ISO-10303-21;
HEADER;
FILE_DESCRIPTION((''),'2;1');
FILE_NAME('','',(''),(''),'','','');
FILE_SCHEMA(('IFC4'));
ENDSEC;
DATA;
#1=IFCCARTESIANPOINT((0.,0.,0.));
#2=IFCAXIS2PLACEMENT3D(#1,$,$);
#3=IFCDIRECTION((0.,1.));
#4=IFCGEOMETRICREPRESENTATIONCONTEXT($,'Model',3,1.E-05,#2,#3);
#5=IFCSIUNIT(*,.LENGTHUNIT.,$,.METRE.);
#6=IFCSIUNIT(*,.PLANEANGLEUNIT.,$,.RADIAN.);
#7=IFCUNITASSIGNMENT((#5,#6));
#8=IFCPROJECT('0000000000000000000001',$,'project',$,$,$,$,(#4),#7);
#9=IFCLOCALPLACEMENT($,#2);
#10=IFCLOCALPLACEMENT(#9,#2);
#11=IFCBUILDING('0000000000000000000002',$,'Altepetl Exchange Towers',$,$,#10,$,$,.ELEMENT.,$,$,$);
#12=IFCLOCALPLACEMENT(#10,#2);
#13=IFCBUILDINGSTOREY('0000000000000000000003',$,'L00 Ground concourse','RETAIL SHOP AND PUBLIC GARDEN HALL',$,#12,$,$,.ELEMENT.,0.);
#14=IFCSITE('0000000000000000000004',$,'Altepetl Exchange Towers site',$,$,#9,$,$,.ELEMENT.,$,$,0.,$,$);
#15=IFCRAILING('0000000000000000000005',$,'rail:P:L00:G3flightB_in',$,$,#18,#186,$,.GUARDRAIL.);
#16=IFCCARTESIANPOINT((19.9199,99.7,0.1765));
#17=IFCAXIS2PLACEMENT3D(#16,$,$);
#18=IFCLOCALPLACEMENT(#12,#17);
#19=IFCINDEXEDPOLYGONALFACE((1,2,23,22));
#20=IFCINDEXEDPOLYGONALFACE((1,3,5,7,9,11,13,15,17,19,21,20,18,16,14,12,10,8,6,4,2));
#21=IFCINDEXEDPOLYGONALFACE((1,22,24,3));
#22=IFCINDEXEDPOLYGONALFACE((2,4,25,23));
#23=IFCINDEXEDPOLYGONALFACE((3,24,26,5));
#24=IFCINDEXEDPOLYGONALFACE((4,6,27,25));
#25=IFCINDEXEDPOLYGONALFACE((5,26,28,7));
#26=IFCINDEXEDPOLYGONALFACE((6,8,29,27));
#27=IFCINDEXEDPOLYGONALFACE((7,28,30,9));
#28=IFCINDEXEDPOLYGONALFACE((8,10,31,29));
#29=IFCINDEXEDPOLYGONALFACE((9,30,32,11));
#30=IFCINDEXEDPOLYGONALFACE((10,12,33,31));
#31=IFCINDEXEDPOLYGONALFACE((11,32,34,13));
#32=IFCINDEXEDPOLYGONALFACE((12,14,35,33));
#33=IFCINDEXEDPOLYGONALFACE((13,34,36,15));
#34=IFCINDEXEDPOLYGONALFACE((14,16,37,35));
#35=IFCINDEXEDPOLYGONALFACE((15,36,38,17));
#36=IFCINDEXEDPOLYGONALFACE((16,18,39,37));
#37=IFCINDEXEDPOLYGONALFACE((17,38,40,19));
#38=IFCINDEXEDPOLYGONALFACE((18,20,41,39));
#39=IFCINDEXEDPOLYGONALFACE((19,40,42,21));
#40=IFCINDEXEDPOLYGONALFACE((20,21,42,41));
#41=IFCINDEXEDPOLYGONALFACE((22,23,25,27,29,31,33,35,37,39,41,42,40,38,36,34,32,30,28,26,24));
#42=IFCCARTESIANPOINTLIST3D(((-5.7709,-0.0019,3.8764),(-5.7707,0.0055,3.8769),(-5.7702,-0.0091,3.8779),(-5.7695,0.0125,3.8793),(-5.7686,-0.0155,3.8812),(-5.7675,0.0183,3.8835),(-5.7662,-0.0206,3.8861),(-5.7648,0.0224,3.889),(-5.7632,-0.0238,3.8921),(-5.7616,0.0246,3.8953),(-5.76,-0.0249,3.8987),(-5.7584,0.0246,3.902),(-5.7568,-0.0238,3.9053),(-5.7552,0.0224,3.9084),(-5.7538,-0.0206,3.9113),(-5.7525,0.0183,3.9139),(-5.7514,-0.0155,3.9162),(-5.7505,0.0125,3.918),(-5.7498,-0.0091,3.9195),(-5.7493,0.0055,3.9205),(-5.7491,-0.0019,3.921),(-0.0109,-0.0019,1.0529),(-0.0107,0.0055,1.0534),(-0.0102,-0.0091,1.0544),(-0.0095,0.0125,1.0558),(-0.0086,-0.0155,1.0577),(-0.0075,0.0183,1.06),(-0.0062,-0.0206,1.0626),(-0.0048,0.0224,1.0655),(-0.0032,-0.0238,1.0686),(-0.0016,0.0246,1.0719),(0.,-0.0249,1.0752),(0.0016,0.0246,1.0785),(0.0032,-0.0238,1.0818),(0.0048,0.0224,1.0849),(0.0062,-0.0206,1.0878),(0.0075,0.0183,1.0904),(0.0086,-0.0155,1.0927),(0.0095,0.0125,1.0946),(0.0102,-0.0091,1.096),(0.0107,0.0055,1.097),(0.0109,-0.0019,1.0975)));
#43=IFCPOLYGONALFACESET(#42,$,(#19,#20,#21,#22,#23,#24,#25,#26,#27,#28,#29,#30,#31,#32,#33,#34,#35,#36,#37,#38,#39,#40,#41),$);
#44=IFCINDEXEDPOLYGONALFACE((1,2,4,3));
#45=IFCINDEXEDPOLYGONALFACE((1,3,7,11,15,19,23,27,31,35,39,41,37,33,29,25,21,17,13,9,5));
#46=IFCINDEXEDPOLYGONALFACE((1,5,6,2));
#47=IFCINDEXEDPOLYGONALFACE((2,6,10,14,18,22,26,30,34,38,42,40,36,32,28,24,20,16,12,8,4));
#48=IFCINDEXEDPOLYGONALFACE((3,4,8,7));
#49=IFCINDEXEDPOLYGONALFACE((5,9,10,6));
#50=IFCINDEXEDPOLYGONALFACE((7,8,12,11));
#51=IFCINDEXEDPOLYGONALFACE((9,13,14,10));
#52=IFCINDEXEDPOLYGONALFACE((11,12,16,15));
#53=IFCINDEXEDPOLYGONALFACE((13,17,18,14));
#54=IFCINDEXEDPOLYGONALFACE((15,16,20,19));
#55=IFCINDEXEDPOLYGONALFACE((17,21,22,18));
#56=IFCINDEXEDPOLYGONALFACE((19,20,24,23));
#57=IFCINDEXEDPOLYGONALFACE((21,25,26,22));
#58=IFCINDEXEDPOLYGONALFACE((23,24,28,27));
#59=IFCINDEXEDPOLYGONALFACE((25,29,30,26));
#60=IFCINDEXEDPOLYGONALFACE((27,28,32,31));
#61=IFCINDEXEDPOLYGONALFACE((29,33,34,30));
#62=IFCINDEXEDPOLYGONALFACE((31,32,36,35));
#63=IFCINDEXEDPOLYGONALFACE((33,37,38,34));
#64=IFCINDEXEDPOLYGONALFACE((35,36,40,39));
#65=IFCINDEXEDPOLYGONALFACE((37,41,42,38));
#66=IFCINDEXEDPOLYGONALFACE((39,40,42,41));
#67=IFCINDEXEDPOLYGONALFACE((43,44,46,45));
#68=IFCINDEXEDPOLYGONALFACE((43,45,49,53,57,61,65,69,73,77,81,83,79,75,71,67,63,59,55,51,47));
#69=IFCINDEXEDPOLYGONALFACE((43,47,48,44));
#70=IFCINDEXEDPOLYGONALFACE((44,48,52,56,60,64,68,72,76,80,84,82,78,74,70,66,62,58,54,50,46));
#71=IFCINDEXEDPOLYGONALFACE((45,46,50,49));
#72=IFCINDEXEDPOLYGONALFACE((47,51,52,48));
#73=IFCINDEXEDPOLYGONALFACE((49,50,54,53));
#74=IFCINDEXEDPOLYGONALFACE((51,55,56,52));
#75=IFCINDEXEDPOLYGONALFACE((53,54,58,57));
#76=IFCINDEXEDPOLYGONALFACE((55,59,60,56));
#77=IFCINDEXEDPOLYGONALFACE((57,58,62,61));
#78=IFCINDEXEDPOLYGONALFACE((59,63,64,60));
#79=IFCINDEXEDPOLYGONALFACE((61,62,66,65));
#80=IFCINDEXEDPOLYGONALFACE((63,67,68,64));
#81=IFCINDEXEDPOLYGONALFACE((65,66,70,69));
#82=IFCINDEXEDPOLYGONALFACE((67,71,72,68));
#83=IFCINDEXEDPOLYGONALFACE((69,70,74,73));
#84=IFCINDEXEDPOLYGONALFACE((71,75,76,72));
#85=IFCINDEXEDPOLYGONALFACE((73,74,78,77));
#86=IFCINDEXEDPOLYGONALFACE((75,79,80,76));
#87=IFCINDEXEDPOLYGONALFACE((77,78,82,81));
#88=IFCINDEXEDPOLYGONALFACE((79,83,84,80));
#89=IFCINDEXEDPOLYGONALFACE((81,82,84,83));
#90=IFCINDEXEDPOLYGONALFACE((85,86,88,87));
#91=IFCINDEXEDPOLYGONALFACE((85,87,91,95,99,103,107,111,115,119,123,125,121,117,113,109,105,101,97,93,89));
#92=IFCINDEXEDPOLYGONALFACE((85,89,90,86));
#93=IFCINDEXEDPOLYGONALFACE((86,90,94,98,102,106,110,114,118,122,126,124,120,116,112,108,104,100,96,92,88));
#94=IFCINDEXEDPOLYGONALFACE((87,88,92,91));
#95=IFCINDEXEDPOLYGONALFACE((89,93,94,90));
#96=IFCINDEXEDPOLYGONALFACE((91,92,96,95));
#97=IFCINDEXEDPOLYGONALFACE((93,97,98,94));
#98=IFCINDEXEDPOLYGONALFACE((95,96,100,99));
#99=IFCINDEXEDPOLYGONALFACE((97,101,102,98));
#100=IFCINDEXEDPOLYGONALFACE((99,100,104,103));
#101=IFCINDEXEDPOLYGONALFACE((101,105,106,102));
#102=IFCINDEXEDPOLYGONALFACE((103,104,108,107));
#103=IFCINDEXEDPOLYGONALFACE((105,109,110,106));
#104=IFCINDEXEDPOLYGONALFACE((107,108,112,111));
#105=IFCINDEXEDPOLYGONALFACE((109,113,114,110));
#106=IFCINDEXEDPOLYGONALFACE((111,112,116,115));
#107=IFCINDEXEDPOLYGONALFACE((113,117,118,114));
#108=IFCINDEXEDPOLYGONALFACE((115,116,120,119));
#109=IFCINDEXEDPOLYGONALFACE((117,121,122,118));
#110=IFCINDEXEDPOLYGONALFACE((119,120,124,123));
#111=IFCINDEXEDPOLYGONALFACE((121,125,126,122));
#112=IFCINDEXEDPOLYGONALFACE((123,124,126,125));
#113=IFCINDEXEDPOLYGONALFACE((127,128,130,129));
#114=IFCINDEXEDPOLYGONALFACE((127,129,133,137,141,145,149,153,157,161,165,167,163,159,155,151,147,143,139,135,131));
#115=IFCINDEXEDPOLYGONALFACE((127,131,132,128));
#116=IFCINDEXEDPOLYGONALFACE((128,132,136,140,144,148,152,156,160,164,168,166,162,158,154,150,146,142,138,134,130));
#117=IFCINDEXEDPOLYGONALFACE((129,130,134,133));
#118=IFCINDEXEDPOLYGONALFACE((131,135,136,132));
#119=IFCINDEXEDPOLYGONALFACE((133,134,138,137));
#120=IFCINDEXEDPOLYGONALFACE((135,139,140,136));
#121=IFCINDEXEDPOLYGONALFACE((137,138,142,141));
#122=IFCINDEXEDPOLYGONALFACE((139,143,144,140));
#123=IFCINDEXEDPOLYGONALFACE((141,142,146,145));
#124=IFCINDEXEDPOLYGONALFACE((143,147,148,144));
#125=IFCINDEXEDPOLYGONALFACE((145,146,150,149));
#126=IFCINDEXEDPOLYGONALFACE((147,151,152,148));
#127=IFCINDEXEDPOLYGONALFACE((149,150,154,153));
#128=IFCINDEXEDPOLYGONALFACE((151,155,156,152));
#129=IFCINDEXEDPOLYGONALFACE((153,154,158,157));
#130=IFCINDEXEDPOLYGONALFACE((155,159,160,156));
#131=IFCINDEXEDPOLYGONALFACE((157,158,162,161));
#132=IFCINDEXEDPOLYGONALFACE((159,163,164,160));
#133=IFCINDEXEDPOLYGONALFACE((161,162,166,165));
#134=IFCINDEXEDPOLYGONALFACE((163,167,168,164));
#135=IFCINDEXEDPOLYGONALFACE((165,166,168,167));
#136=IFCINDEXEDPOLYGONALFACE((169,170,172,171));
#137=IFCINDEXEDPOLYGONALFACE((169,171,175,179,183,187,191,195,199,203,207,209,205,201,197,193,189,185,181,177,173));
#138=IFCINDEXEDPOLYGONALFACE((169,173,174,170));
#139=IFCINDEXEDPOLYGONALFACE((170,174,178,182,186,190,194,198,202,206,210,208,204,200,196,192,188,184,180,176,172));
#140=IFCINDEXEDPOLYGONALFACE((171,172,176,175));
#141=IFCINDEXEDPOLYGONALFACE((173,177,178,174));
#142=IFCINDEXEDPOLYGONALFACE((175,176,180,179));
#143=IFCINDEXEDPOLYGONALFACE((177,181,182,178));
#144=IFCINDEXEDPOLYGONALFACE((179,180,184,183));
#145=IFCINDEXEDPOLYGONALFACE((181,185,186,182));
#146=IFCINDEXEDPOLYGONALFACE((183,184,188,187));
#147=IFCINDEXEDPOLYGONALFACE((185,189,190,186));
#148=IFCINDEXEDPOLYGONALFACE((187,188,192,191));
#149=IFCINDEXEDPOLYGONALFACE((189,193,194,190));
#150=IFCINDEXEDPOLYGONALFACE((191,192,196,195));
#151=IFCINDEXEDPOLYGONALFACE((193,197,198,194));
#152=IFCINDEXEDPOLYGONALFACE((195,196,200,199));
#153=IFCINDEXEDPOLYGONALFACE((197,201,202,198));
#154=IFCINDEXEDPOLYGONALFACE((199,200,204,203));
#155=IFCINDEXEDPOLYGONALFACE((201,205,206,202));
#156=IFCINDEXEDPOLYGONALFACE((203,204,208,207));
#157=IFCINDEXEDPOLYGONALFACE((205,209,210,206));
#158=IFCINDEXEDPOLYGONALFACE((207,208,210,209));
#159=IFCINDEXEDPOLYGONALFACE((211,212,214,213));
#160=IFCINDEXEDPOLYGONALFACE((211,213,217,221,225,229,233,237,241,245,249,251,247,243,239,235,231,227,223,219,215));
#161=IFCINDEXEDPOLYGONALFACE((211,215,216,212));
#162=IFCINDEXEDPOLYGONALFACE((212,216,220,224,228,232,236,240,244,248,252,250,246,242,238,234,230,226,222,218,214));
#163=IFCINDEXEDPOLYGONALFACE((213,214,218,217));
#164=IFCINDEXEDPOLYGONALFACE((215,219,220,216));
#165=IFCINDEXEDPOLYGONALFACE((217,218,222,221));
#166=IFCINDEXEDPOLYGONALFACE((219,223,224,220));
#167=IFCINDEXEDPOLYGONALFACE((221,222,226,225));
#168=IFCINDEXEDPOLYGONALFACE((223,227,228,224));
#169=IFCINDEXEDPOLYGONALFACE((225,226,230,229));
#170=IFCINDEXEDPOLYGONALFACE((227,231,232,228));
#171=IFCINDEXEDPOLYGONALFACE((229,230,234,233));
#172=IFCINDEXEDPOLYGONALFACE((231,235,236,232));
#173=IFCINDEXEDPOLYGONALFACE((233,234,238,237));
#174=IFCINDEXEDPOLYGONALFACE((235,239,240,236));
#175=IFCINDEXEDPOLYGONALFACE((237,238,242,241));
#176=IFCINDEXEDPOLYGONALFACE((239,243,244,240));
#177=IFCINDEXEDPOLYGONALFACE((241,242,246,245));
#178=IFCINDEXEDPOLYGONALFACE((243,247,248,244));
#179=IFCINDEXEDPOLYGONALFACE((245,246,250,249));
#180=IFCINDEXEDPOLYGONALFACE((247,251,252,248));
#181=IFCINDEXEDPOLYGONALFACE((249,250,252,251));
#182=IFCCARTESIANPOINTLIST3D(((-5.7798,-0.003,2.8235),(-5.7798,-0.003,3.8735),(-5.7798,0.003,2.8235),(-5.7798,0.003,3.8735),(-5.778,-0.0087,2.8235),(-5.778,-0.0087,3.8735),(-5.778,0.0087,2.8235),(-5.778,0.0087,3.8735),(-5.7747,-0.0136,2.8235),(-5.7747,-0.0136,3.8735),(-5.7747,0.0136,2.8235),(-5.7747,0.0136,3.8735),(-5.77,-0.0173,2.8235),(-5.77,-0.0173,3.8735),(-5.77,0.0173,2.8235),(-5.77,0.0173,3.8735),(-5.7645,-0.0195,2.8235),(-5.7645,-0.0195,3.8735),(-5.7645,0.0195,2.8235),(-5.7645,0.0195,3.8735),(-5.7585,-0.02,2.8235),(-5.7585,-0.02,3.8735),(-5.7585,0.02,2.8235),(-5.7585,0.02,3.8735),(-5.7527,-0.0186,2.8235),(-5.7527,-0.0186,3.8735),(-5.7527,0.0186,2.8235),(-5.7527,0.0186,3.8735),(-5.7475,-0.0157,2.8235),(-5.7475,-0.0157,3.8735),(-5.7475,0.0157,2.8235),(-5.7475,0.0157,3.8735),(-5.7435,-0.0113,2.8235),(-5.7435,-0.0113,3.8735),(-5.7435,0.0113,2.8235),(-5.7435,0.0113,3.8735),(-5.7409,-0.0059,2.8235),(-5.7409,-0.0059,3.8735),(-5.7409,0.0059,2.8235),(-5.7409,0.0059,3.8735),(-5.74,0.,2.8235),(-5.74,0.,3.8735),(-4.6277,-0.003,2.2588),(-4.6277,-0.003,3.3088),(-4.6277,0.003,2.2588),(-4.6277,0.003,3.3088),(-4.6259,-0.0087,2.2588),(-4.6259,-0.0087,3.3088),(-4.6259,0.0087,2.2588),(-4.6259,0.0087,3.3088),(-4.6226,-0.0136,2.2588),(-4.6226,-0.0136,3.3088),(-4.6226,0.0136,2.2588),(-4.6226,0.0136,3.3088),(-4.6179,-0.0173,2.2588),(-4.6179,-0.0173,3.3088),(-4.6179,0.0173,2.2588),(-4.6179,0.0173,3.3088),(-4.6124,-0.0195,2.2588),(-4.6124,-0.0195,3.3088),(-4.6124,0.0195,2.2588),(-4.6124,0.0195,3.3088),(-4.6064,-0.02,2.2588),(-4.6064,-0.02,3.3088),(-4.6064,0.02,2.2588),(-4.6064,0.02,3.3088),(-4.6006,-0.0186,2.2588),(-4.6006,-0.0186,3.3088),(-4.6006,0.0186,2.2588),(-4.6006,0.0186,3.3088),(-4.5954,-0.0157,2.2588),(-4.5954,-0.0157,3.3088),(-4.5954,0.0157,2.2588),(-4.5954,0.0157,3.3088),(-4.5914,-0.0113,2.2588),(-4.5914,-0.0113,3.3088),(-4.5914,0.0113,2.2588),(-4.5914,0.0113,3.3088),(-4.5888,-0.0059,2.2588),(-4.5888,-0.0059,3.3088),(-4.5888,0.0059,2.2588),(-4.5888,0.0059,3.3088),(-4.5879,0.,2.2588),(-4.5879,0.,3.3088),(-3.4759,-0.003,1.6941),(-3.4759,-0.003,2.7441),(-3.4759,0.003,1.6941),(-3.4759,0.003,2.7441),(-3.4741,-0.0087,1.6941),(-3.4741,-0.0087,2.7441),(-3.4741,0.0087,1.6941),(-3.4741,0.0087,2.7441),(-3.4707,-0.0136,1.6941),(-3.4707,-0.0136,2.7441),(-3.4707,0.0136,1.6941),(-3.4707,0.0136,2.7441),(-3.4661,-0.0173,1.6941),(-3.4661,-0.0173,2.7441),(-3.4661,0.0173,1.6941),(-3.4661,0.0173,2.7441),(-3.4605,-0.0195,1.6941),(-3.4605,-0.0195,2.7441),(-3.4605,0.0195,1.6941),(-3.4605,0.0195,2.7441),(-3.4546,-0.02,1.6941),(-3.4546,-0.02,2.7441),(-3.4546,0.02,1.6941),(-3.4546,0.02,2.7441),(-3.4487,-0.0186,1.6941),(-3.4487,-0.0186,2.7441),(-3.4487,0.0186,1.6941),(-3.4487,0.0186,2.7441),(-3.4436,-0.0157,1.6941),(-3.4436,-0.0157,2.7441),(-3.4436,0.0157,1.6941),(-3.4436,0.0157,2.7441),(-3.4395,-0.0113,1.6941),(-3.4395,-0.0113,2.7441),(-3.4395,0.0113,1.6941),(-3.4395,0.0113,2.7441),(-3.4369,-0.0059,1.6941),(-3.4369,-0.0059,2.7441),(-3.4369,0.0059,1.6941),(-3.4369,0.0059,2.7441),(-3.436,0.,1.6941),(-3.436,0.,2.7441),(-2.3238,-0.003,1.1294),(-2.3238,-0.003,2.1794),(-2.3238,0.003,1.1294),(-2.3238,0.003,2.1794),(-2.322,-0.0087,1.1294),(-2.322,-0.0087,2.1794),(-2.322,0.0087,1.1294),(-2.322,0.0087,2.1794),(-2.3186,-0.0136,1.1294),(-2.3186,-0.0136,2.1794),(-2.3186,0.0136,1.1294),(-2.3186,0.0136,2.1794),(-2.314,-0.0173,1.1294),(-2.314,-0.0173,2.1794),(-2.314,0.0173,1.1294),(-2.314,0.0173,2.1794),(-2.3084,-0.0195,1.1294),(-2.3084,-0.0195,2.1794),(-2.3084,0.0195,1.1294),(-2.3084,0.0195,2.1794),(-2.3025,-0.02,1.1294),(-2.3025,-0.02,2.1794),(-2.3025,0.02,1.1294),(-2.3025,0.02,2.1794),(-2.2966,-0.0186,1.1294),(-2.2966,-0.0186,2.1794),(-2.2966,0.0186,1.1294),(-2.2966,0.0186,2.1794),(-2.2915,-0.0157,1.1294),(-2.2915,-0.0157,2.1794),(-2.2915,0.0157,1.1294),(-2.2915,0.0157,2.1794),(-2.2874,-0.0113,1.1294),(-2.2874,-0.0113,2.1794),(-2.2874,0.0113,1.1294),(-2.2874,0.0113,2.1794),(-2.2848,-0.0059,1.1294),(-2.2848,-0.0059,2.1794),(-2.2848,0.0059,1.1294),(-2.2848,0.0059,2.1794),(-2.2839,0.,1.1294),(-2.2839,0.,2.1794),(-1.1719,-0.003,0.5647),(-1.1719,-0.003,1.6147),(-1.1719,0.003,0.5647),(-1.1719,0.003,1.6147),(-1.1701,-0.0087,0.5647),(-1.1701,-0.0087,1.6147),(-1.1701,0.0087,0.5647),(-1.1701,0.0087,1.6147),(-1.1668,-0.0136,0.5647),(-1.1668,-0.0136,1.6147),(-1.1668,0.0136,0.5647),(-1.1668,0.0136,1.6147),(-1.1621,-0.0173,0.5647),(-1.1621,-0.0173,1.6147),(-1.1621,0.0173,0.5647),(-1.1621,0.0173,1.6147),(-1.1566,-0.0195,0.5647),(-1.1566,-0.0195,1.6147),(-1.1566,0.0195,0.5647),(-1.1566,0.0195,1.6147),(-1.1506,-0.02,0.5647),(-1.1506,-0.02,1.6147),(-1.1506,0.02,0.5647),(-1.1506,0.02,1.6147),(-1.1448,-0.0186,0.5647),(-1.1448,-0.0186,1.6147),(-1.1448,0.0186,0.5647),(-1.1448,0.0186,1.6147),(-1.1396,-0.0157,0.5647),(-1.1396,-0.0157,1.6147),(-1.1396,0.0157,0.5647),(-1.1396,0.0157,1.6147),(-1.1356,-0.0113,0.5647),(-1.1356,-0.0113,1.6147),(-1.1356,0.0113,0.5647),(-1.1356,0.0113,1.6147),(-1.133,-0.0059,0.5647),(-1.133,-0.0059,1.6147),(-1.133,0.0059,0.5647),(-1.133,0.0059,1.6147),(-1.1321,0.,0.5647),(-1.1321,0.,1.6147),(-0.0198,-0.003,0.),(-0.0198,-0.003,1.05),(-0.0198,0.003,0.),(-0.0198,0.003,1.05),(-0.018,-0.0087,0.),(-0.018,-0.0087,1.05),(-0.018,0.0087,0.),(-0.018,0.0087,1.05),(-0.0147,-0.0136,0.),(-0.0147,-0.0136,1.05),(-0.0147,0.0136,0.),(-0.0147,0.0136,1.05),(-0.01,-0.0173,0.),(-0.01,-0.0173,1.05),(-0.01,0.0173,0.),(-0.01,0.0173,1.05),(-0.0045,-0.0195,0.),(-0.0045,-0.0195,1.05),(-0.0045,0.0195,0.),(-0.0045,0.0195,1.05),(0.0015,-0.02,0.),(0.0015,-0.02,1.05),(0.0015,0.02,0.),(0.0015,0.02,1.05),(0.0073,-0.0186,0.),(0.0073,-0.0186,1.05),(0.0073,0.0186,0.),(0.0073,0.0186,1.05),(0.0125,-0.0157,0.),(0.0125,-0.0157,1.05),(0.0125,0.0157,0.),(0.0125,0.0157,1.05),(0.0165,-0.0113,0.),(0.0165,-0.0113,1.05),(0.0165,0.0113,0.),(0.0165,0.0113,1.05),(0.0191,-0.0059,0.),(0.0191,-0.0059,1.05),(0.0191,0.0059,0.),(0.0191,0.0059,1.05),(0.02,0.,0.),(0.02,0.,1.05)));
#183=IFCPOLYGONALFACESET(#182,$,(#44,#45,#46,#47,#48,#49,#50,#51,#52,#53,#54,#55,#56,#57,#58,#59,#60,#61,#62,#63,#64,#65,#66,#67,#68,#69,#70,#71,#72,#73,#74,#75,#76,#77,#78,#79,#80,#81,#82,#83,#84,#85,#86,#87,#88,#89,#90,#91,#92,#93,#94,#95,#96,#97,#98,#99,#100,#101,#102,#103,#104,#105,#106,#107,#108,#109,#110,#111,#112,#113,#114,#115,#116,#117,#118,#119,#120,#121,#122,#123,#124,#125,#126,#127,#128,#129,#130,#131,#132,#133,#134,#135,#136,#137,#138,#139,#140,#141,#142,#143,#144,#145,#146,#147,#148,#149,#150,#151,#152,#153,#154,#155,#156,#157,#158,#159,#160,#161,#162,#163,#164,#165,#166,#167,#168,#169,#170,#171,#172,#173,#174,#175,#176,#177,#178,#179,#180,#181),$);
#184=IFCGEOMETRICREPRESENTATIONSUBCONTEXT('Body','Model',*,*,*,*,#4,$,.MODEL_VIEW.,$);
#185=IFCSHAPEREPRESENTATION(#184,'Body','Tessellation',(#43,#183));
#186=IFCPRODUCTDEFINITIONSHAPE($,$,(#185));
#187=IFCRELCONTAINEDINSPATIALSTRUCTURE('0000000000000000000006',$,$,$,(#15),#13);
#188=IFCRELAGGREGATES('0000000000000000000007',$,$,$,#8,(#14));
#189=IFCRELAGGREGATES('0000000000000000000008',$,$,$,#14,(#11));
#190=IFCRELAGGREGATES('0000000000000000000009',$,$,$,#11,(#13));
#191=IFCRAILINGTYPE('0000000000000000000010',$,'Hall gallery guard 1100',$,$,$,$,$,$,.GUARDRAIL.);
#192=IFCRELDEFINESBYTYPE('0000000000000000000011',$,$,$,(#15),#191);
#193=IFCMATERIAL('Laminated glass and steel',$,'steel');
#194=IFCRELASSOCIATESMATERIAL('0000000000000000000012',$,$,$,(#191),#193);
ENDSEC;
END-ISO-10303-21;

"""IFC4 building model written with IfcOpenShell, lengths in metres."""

from ifc_helpers import new_model, si_unit, direction, frame, origin, origin_2d, place, context, subcontext, project, spatial, circle, extrude, source, transform, mapped, material, type_object, element, save


model = new_model("IFC4")

# Units and contexts
model_context = context("Model", 3, precision=1e-05, world=origin(), true_north=direction((0.0, 1.0)))
body_context = subcontext(model_context, "Body", "Model", "MODEL_VIEW")
ifc_project = project(units=[si_unit("LENGTHUNIT", "METRE"), si_unit("PLANEANGLEUNIT", "RADIAN")], contexts=[model_context])

# Site, building, storey
site_placement = place(None, origin())
site = spatial("IfcSite", under=ifc_project, at=site_placement, Name="Altepetl Exchange Towers site", CompositionType="ELEMENT", RefElevation=0.0)
building_placement = place(site_placement, origin())
building = spatial("IfcBuilding", under=site, at=building_placement, Name="Altepetl Exchange Towers", CompositionType="ELEMENT")
storey_placement = place(building_placement, origin())
storey = spatial("IfcBuildingStorey", under=building, at=storey_placement, Name="L00 Ground concourse", Description="RETAIL SHOP AND PUBLIC GARDEN HALL", CompositionType="ELEMENT", Elevation=0.0)

# Railing
ifc_material_1 = material(Name="Laminated glass and steel", Category="steel")
railing_type_1 = type_object("IfcRailingType", Name="Hall gallery guard 1100", PredefinedType="GUARDRAIL", material=ifc_material_1)
shared_shape_1 = source(origin(), body_context, "Body", "SweptSolid", [
    extrude(circle(Radius=0.02, at=origin_2d()), origin(), (0.0, 0.0, 1.0), 1.05),
])
for number, where, name in (
    (1, (19.9199, 99.7, 0.1765), "rail:P:L00:G3flightB_in"),
):
    element("IfcRailing", number, at=place(storey_placement, frame(where)), inside=storey, type_object=railing_type_1, Name=name, PredefinedType="GUARDRAIL", context=body_context, shape_type="SweptSolid", body=[
        extrude(circle(Radius=0.0249, at=origin_2d()), frame((0.0, 0.0, 1.0752), z_axis=(-0.897924, 0.0, 0.440151), x_axis=(0.0, -1.0, 0.0)), (0.0, 0.0, 1.0), 6.4148),
        mapped(shared_shape_1, transform((0.0, 0.0, 0.0))),
        mapped(shared_shape_1, transform((-1.1521, 0.0, 0.5647))),
        mapped(shared_shape_1, transform((-2.304, 0.0, 1.1294))),
        mapped(shared_shape_1, transform((-3.4561, 0.0, 1.6941))),
        mapped(shared_shape_1, transform((-4.6079, 0.0, 2.2588))),
        mapped(shared_shape_1, transform((-5.76, 0.0, 2.8235))),
    ])

save(model, "model.ifc")
